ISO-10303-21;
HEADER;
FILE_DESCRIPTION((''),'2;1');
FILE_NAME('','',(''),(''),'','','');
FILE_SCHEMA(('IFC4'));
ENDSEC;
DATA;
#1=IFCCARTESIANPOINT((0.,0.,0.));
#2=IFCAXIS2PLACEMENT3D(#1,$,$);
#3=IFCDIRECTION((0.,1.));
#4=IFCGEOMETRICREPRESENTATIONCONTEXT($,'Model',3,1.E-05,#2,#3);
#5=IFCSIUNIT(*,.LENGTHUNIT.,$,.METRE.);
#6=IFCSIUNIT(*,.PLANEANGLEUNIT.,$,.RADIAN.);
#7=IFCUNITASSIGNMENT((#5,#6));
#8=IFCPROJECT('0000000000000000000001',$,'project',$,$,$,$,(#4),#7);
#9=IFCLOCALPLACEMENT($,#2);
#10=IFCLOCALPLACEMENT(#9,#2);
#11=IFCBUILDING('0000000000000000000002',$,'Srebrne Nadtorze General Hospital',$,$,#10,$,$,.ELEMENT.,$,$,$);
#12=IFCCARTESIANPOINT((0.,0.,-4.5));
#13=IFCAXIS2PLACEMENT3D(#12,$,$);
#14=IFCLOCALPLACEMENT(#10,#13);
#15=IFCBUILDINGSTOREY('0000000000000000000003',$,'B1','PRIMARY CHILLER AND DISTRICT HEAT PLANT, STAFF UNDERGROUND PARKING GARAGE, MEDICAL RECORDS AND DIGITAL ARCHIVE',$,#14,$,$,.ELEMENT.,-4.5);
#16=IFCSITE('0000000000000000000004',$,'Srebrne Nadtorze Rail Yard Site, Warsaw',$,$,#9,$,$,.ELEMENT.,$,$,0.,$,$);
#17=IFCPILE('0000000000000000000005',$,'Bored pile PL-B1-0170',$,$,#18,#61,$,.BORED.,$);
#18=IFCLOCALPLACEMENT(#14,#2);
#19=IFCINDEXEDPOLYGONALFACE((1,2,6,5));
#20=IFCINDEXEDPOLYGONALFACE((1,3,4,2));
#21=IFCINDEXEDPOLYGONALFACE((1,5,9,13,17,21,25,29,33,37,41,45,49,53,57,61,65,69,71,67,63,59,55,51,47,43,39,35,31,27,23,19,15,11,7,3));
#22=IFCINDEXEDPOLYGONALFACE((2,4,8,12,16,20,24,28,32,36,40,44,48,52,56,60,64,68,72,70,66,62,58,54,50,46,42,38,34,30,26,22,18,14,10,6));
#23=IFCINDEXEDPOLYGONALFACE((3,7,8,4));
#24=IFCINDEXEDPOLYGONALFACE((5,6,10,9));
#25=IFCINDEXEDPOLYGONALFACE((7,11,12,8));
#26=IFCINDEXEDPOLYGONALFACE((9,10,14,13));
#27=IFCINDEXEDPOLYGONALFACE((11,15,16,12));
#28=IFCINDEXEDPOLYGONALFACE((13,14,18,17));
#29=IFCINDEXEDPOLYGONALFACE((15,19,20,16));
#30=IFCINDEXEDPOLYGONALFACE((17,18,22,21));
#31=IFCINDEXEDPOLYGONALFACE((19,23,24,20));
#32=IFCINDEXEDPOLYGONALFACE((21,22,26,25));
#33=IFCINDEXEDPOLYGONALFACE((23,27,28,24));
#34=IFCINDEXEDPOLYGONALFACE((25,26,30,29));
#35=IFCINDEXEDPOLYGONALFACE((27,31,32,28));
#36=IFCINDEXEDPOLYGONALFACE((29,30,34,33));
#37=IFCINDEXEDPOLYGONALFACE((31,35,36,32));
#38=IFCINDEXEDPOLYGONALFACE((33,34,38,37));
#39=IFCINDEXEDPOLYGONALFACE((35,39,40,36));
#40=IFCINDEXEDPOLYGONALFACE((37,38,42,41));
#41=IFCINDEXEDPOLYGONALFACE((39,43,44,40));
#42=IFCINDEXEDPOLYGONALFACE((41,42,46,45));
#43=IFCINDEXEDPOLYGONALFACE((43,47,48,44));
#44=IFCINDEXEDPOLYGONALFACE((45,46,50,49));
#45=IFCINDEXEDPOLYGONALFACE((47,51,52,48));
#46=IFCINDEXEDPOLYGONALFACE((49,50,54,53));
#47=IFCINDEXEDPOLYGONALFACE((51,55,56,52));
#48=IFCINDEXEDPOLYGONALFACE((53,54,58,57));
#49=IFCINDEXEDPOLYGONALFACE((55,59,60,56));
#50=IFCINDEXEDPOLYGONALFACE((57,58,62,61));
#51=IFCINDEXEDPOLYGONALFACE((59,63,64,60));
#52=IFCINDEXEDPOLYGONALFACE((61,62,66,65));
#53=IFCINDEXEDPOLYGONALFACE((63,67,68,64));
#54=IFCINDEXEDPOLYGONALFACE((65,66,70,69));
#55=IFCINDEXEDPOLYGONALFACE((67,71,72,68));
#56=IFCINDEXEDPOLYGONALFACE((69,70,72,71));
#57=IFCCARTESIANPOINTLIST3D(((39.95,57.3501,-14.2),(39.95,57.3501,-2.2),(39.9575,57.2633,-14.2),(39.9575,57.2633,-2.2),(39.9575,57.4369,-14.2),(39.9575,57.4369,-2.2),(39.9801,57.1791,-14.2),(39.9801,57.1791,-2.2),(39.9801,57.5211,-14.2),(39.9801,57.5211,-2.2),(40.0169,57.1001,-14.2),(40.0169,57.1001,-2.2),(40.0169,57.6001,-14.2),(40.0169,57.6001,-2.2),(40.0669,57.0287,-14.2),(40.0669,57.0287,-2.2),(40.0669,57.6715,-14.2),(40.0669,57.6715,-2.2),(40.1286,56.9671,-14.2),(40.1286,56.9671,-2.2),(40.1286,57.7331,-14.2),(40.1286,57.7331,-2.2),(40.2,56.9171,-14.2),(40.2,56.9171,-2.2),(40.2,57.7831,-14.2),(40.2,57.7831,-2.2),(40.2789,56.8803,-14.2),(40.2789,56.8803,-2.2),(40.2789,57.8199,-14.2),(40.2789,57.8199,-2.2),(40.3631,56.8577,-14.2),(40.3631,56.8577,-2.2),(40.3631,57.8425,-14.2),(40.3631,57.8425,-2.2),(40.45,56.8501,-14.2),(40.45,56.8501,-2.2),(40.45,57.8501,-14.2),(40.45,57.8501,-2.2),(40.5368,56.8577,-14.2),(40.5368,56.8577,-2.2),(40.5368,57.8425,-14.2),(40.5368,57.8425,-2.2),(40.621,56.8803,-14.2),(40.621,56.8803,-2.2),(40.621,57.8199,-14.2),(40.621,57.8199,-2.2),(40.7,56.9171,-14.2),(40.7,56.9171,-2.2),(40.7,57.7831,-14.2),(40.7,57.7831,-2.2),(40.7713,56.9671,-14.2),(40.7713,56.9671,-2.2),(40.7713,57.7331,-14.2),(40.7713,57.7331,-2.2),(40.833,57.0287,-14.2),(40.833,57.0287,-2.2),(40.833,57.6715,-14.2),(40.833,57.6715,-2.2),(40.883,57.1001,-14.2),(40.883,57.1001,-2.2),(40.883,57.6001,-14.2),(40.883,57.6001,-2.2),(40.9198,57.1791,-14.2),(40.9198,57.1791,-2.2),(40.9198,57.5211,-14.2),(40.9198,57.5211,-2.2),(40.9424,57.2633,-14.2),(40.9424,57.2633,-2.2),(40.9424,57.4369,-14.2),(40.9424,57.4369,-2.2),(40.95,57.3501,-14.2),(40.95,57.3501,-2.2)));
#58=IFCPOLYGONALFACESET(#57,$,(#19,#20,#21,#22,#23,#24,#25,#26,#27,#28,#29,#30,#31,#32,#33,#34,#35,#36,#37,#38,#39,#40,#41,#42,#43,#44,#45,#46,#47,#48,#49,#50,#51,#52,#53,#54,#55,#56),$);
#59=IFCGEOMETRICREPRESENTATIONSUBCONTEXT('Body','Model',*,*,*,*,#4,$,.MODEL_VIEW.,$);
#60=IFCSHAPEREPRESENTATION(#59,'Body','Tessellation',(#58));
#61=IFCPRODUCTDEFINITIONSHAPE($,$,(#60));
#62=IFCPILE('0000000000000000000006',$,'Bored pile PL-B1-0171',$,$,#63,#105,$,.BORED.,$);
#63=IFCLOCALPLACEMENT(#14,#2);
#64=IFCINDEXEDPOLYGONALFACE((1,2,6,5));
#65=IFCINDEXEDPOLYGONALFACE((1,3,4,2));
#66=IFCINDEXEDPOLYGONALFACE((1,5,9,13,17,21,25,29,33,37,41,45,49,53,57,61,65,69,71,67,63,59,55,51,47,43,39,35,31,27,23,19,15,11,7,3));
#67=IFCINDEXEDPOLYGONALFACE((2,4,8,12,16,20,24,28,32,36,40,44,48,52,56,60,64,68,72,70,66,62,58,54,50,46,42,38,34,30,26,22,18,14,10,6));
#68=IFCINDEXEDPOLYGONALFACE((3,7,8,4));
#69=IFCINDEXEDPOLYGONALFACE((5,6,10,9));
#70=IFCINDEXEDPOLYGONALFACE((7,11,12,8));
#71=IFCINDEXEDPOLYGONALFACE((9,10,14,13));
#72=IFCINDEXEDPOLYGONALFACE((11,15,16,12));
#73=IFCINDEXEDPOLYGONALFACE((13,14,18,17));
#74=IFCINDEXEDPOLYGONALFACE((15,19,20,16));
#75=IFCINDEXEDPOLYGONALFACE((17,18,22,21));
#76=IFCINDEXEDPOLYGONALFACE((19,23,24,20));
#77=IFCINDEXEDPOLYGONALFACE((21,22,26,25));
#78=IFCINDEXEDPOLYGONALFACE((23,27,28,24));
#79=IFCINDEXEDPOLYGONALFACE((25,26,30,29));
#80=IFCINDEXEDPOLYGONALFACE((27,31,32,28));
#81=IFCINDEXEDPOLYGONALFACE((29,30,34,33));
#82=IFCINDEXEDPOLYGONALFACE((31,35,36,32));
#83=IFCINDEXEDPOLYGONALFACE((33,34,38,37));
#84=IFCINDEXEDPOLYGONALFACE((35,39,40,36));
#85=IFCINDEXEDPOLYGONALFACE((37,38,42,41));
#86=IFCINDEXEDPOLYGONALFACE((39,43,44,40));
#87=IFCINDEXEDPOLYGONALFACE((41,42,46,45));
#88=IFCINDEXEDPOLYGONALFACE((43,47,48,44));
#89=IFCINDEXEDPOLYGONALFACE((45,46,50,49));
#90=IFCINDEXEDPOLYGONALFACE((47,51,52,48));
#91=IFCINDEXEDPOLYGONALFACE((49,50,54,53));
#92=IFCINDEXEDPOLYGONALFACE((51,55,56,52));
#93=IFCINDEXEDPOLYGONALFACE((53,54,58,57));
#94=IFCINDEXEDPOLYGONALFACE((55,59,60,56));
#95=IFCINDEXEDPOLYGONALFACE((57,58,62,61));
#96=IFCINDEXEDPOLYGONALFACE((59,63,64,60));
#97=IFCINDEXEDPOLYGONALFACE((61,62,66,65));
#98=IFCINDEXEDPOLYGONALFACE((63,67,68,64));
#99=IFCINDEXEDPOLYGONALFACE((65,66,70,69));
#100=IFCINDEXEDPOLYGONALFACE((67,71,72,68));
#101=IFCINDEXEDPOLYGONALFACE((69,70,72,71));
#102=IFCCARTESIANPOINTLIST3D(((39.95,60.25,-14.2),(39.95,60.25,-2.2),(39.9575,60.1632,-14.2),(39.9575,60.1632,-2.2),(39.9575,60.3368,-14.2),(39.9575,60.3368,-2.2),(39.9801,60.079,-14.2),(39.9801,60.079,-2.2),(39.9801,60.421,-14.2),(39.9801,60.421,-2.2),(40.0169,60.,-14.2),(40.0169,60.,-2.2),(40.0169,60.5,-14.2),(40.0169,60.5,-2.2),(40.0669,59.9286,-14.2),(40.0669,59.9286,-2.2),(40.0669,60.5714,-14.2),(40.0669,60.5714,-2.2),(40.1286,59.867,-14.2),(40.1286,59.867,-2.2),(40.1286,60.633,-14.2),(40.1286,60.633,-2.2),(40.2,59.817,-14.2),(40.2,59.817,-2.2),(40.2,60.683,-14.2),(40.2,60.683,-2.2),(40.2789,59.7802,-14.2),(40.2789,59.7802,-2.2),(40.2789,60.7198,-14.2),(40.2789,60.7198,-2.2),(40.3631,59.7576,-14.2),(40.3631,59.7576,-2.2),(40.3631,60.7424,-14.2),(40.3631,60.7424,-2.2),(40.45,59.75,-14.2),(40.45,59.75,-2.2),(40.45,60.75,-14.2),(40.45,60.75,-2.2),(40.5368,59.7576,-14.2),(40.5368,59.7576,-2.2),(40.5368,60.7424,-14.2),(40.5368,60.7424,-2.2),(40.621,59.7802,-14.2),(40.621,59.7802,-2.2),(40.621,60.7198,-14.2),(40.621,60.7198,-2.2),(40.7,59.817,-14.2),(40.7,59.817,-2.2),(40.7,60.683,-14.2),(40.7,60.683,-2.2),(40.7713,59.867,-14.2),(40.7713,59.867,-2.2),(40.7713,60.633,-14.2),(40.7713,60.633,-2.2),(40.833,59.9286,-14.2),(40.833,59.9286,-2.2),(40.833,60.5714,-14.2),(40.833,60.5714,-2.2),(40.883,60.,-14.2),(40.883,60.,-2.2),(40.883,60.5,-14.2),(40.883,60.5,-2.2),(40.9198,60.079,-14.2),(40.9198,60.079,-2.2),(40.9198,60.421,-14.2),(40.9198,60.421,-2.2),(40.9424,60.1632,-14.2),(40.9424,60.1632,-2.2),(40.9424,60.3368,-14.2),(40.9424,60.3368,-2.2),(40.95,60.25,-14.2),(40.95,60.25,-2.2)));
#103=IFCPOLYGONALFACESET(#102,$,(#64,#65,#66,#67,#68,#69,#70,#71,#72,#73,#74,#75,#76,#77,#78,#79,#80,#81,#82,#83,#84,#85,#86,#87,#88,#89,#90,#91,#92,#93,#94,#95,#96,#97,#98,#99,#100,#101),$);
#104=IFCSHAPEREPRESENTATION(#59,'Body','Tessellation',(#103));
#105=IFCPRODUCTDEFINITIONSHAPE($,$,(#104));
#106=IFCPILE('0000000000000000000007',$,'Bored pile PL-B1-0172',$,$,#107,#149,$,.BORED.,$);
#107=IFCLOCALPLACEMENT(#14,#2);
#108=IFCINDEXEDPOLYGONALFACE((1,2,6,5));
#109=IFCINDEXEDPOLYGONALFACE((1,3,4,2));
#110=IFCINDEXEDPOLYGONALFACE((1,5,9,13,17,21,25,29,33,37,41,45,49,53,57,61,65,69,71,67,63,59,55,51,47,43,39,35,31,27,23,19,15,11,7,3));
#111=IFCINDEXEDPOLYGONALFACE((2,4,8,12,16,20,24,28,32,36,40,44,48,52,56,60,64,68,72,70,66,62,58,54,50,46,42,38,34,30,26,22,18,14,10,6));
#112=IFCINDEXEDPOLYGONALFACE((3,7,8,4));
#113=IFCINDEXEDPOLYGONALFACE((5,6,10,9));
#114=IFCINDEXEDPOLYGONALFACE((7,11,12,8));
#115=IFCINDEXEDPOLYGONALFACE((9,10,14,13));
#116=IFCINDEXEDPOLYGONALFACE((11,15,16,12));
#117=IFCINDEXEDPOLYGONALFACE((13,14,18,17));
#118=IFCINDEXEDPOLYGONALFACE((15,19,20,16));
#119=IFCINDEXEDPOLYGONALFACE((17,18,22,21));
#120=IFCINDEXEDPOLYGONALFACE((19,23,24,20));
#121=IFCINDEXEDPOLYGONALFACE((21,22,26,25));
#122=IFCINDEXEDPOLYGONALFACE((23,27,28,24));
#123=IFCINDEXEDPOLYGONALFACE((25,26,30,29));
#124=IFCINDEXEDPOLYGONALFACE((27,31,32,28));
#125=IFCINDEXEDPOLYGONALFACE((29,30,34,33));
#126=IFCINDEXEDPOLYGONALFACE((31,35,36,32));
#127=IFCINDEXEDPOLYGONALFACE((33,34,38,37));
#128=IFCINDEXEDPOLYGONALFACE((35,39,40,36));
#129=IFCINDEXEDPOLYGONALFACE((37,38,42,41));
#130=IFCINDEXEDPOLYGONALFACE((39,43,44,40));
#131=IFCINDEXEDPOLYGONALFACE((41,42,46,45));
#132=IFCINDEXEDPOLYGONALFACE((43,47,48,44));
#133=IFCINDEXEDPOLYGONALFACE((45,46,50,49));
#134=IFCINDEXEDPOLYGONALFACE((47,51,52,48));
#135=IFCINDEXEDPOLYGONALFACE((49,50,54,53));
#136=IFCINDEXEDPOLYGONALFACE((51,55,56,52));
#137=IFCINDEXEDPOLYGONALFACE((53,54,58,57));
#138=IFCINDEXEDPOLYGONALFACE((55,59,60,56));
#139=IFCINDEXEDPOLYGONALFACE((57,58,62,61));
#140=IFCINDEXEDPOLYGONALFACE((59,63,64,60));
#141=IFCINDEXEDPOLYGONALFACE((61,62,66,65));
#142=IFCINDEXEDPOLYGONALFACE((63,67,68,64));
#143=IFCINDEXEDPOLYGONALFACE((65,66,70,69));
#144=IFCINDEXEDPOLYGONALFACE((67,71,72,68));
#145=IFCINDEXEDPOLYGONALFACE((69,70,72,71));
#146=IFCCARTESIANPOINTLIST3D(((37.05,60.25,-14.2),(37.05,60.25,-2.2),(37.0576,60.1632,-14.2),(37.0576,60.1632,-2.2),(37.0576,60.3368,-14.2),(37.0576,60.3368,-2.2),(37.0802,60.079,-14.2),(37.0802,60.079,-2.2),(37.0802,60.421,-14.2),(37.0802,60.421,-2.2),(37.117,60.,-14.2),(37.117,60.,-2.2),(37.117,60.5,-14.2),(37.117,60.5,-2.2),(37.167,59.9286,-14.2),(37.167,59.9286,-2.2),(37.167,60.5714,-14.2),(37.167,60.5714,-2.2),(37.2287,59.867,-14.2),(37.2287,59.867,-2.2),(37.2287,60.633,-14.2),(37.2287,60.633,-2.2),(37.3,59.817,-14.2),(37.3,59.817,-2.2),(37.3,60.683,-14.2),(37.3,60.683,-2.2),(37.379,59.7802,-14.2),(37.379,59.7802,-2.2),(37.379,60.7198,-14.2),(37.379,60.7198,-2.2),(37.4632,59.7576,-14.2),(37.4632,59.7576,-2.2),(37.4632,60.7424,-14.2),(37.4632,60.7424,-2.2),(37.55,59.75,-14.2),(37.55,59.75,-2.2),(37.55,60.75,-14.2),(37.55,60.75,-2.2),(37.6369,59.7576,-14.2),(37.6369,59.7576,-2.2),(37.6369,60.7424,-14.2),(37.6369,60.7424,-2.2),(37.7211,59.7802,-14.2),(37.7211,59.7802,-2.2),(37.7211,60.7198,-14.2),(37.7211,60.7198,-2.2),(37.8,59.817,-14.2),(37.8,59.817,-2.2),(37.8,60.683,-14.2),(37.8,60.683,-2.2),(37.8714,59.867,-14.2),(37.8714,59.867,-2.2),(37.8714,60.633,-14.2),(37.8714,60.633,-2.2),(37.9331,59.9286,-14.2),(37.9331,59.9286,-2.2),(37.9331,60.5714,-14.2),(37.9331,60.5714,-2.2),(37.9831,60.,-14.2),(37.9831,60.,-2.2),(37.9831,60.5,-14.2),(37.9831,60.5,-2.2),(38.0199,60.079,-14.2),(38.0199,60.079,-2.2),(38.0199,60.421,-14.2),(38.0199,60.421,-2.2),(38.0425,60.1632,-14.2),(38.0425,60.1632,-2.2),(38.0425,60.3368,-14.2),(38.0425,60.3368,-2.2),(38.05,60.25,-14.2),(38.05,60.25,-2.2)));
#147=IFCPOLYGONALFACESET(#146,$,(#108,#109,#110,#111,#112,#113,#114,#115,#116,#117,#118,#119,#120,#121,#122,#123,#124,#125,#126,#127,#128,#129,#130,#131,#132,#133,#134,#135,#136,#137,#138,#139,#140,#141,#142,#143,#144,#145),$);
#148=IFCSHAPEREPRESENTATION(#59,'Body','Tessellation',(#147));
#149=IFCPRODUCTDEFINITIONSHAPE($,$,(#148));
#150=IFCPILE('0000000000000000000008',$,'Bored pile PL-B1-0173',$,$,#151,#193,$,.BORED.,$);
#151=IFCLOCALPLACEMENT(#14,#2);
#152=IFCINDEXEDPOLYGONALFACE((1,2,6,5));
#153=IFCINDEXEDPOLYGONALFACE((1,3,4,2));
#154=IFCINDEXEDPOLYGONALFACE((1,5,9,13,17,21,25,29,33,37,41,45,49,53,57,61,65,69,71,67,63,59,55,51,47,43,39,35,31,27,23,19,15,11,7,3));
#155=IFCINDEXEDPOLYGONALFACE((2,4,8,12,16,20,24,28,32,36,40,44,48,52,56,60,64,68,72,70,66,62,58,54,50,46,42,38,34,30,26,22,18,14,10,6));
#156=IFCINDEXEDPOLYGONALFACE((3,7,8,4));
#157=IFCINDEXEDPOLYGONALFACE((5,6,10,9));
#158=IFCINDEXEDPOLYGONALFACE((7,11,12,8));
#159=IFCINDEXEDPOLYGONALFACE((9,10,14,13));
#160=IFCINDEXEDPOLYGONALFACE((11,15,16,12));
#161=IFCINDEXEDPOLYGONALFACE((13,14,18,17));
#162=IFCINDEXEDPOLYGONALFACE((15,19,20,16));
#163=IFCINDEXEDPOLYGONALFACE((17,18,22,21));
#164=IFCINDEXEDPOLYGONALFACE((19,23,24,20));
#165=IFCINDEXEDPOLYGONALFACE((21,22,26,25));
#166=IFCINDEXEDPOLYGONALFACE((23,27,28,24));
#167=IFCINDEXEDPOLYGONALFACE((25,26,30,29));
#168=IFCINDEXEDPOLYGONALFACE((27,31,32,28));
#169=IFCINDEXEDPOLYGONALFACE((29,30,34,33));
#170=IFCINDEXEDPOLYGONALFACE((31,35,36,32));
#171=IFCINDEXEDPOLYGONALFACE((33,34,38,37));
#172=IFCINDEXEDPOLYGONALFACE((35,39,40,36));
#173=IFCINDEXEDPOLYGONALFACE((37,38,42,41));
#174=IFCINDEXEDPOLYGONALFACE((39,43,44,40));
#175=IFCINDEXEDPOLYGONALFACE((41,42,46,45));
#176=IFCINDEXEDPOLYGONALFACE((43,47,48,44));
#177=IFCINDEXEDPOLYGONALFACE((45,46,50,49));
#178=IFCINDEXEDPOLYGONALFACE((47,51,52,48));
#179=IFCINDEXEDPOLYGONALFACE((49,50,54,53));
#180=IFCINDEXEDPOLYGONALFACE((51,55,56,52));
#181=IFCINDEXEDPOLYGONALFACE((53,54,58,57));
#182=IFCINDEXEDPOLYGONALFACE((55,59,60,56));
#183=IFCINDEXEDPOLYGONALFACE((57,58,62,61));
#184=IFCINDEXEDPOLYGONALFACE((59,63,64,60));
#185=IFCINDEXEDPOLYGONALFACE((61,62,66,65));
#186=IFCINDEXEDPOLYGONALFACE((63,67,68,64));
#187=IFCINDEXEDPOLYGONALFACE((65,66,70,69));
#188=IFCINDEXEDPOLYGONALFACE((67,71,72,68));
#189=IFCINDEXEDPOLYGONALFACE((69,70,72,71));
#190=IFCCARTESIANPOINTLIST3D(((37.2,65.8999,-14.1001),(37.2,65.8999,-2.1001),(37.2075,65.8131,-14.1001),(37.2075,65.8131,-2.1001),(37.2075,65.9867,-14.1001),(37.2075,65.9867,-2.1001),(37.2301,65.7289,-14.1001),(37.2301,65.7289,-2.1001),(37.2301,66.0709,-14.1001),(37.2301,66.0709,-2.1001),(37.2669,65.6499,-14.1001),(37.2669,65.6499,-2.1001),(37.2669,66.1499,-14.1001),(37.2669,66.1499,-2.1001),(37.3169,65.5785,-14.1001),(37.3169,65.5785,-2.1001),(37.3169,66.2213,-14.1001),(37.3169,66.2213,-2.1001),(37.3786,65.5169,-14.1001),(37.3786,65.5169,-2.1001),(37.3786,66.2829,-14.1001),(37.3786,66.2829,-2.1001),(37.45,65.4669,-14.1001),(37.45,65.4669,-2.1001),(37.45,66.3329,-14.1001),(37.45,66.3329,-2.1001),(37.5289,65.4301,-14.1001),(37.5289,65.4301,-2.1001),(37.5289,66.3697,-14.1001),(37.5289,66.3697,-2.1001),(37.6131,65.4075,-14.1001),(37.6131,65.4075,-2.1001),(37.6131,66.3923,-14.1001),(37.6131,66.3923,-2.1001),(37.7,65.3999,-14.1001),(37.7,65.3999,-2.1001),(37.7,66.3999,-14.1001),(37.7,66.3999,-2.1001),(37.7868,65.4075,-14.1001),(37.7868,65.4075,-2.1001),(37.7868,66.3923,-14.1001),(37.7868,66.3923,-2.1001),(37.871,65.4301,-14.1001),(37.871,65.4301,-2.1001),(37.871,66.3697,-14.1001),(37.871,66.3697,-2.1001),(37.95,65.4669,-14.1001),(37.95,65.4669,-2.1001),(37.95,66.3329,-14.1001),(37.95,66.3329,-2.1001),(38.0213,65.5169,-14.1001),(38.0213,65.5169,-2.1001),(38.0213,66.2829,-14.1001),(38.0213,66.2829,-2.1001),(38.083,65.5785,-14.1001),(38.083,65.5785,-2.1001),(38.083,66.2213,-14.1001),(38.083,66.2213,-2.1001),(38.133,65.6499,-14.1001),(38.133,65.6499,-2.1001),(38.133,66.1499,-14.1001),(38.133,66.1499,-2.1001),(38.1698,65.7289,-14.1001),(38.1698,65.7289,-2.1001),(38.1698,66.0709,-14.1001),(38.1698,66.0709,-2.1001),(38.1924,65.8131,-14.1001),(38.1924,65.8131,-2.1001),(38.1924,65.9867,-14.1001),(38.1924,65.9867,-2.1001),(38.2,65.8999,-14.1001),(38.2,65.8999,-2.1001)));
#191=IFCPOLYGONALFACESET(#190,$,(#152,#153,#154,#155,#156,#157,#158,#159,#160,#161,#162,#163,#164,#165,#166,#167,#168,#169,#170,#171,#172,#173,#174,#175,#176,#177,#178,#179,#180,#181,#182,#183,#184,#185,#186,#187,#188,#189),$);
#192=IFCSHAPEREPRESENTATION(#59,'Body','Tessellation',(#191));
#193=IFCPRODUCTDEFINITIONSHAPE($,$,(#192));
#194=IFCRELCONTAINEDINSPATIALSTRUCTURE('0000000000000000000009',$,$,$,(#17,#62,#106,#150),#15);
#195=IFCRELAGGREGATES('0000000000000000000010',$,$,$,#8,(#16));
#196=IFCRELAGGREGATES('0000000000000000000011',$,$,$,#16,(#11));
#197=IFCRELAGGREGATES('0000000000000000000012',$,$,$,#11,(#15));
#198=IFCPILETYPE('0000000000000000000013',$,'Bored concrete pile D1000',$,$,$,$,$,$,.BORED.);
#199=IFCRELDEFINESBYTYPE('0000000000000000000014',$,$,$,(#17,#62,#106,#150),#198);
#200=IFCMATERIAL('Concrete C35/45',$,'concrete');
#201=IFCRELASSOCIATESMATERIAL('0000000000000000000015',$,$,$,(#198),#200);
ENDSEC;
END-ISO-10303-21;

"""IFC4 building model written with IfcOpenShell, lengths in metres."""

from ifc_helpers import new_model, si_unit, direction, frame, origin, origin_2d, place, context, subcontext, project, spatial, circle, extrude, material, material_profile, profile_set, type_object, element, save


model = new_model("IFC4")

# Units and contexts
model_context = context("Model", 3, precision=1e-05, world=origin(), true_north=direction((0.0, 1.0)))
body_context = subcontext(model_context, "Body", "Model", "MODEL_VIEW")
ifc_project = project(units=[si_unit("LENGTHUNIT", "METRE"), si_unit("PLANEANGLEUNIT", "RADIAN")], contexts=[model_context])

# Site, building, storey
site_placement = place(None, origin())
site = spatial("IfcSite", under=ifc_project, at=site_placement, Name="Srebrne Nadtorze Rail Yard Site, Warsaw", CompositionType="ELEMENT", RefElevation=0.0)
building_placement = place(site_placement, origin())
building = spatial("IfcBuilding", under=site, at=building_placement, Name="Srebrne Nadtorze General Hospital", CompositionType="ELEMENT")
storey_placement = place(building_placement, frame((0.0, 0.0, -4.5)))
storey = spatial("IfcBuildingStorey", under=building, at=storey_placement, Name="B1", Description="PRIMARY CHILLER AND DISTRICT HEAT PLANT, STAFF UNDERGROUND PARKING GARAGE, MEDICAL RECORDS AND DIGITAL ARCHIVE", CompositionType="ELEMENT", Elevation=-4.5)

# Piles
ifc_material_1 = material(Name="Concrete C35/45", Category="concrete")
ifc_material_profile_1 = material_profile(ifc_material_1, circle(Radius=0.5, at=origin_2d()), Name="PILE-D1000")
ifc_profile_set_1 = profile_set([ifc_material_profile_1], Name="Concrete C35/45")
pile_type_1 = type_object("IfcPileType", Name="Bored concrete pile D1000", PredefinedType="BORED", material=ifc_profile_set_1)
for number, where, z_axis, x_axis, name in (
    (1, (40.45, 57.3501, -2.2), (0.0, 0.0, -1.0), (1.0, 0.0, 0.0), "Bored pile PL-B1-0170"),
    (2, (40.45, 60.25, -2.2), (0.0, 0.0, -1.0), (1.0, 0.0, 0.0), "Bored pile PL-B1-0171"),
    (3, (37.55, 60.25, -2.2), (0.0, 0.0, -1.0), (1.0, 0.0, 0.0), "Bored pile PL-B1-0172"),
    (4, (37.7, 65.8999, -2.1001), (0.0, 0.0, -1.0), (1.0, 0.0, 0.0), "Bored pile PL-B1-0173"),
):
    element("IfcPile", number, at=place(storey_placement, frame(where, z_axis=z_axis, x_axis=x_axis)), inside=storey, type_object=pile_type_1, Name=name, PredefinedType="BORED", context=body_context, shape_type="SweptSolid", body=[
        extrude(circle(Radius=0.5, at=origin_2d()), origin(), (0.0, 0.0, 1.0), 12.0),
    ])

save(model, "model.ifc")
